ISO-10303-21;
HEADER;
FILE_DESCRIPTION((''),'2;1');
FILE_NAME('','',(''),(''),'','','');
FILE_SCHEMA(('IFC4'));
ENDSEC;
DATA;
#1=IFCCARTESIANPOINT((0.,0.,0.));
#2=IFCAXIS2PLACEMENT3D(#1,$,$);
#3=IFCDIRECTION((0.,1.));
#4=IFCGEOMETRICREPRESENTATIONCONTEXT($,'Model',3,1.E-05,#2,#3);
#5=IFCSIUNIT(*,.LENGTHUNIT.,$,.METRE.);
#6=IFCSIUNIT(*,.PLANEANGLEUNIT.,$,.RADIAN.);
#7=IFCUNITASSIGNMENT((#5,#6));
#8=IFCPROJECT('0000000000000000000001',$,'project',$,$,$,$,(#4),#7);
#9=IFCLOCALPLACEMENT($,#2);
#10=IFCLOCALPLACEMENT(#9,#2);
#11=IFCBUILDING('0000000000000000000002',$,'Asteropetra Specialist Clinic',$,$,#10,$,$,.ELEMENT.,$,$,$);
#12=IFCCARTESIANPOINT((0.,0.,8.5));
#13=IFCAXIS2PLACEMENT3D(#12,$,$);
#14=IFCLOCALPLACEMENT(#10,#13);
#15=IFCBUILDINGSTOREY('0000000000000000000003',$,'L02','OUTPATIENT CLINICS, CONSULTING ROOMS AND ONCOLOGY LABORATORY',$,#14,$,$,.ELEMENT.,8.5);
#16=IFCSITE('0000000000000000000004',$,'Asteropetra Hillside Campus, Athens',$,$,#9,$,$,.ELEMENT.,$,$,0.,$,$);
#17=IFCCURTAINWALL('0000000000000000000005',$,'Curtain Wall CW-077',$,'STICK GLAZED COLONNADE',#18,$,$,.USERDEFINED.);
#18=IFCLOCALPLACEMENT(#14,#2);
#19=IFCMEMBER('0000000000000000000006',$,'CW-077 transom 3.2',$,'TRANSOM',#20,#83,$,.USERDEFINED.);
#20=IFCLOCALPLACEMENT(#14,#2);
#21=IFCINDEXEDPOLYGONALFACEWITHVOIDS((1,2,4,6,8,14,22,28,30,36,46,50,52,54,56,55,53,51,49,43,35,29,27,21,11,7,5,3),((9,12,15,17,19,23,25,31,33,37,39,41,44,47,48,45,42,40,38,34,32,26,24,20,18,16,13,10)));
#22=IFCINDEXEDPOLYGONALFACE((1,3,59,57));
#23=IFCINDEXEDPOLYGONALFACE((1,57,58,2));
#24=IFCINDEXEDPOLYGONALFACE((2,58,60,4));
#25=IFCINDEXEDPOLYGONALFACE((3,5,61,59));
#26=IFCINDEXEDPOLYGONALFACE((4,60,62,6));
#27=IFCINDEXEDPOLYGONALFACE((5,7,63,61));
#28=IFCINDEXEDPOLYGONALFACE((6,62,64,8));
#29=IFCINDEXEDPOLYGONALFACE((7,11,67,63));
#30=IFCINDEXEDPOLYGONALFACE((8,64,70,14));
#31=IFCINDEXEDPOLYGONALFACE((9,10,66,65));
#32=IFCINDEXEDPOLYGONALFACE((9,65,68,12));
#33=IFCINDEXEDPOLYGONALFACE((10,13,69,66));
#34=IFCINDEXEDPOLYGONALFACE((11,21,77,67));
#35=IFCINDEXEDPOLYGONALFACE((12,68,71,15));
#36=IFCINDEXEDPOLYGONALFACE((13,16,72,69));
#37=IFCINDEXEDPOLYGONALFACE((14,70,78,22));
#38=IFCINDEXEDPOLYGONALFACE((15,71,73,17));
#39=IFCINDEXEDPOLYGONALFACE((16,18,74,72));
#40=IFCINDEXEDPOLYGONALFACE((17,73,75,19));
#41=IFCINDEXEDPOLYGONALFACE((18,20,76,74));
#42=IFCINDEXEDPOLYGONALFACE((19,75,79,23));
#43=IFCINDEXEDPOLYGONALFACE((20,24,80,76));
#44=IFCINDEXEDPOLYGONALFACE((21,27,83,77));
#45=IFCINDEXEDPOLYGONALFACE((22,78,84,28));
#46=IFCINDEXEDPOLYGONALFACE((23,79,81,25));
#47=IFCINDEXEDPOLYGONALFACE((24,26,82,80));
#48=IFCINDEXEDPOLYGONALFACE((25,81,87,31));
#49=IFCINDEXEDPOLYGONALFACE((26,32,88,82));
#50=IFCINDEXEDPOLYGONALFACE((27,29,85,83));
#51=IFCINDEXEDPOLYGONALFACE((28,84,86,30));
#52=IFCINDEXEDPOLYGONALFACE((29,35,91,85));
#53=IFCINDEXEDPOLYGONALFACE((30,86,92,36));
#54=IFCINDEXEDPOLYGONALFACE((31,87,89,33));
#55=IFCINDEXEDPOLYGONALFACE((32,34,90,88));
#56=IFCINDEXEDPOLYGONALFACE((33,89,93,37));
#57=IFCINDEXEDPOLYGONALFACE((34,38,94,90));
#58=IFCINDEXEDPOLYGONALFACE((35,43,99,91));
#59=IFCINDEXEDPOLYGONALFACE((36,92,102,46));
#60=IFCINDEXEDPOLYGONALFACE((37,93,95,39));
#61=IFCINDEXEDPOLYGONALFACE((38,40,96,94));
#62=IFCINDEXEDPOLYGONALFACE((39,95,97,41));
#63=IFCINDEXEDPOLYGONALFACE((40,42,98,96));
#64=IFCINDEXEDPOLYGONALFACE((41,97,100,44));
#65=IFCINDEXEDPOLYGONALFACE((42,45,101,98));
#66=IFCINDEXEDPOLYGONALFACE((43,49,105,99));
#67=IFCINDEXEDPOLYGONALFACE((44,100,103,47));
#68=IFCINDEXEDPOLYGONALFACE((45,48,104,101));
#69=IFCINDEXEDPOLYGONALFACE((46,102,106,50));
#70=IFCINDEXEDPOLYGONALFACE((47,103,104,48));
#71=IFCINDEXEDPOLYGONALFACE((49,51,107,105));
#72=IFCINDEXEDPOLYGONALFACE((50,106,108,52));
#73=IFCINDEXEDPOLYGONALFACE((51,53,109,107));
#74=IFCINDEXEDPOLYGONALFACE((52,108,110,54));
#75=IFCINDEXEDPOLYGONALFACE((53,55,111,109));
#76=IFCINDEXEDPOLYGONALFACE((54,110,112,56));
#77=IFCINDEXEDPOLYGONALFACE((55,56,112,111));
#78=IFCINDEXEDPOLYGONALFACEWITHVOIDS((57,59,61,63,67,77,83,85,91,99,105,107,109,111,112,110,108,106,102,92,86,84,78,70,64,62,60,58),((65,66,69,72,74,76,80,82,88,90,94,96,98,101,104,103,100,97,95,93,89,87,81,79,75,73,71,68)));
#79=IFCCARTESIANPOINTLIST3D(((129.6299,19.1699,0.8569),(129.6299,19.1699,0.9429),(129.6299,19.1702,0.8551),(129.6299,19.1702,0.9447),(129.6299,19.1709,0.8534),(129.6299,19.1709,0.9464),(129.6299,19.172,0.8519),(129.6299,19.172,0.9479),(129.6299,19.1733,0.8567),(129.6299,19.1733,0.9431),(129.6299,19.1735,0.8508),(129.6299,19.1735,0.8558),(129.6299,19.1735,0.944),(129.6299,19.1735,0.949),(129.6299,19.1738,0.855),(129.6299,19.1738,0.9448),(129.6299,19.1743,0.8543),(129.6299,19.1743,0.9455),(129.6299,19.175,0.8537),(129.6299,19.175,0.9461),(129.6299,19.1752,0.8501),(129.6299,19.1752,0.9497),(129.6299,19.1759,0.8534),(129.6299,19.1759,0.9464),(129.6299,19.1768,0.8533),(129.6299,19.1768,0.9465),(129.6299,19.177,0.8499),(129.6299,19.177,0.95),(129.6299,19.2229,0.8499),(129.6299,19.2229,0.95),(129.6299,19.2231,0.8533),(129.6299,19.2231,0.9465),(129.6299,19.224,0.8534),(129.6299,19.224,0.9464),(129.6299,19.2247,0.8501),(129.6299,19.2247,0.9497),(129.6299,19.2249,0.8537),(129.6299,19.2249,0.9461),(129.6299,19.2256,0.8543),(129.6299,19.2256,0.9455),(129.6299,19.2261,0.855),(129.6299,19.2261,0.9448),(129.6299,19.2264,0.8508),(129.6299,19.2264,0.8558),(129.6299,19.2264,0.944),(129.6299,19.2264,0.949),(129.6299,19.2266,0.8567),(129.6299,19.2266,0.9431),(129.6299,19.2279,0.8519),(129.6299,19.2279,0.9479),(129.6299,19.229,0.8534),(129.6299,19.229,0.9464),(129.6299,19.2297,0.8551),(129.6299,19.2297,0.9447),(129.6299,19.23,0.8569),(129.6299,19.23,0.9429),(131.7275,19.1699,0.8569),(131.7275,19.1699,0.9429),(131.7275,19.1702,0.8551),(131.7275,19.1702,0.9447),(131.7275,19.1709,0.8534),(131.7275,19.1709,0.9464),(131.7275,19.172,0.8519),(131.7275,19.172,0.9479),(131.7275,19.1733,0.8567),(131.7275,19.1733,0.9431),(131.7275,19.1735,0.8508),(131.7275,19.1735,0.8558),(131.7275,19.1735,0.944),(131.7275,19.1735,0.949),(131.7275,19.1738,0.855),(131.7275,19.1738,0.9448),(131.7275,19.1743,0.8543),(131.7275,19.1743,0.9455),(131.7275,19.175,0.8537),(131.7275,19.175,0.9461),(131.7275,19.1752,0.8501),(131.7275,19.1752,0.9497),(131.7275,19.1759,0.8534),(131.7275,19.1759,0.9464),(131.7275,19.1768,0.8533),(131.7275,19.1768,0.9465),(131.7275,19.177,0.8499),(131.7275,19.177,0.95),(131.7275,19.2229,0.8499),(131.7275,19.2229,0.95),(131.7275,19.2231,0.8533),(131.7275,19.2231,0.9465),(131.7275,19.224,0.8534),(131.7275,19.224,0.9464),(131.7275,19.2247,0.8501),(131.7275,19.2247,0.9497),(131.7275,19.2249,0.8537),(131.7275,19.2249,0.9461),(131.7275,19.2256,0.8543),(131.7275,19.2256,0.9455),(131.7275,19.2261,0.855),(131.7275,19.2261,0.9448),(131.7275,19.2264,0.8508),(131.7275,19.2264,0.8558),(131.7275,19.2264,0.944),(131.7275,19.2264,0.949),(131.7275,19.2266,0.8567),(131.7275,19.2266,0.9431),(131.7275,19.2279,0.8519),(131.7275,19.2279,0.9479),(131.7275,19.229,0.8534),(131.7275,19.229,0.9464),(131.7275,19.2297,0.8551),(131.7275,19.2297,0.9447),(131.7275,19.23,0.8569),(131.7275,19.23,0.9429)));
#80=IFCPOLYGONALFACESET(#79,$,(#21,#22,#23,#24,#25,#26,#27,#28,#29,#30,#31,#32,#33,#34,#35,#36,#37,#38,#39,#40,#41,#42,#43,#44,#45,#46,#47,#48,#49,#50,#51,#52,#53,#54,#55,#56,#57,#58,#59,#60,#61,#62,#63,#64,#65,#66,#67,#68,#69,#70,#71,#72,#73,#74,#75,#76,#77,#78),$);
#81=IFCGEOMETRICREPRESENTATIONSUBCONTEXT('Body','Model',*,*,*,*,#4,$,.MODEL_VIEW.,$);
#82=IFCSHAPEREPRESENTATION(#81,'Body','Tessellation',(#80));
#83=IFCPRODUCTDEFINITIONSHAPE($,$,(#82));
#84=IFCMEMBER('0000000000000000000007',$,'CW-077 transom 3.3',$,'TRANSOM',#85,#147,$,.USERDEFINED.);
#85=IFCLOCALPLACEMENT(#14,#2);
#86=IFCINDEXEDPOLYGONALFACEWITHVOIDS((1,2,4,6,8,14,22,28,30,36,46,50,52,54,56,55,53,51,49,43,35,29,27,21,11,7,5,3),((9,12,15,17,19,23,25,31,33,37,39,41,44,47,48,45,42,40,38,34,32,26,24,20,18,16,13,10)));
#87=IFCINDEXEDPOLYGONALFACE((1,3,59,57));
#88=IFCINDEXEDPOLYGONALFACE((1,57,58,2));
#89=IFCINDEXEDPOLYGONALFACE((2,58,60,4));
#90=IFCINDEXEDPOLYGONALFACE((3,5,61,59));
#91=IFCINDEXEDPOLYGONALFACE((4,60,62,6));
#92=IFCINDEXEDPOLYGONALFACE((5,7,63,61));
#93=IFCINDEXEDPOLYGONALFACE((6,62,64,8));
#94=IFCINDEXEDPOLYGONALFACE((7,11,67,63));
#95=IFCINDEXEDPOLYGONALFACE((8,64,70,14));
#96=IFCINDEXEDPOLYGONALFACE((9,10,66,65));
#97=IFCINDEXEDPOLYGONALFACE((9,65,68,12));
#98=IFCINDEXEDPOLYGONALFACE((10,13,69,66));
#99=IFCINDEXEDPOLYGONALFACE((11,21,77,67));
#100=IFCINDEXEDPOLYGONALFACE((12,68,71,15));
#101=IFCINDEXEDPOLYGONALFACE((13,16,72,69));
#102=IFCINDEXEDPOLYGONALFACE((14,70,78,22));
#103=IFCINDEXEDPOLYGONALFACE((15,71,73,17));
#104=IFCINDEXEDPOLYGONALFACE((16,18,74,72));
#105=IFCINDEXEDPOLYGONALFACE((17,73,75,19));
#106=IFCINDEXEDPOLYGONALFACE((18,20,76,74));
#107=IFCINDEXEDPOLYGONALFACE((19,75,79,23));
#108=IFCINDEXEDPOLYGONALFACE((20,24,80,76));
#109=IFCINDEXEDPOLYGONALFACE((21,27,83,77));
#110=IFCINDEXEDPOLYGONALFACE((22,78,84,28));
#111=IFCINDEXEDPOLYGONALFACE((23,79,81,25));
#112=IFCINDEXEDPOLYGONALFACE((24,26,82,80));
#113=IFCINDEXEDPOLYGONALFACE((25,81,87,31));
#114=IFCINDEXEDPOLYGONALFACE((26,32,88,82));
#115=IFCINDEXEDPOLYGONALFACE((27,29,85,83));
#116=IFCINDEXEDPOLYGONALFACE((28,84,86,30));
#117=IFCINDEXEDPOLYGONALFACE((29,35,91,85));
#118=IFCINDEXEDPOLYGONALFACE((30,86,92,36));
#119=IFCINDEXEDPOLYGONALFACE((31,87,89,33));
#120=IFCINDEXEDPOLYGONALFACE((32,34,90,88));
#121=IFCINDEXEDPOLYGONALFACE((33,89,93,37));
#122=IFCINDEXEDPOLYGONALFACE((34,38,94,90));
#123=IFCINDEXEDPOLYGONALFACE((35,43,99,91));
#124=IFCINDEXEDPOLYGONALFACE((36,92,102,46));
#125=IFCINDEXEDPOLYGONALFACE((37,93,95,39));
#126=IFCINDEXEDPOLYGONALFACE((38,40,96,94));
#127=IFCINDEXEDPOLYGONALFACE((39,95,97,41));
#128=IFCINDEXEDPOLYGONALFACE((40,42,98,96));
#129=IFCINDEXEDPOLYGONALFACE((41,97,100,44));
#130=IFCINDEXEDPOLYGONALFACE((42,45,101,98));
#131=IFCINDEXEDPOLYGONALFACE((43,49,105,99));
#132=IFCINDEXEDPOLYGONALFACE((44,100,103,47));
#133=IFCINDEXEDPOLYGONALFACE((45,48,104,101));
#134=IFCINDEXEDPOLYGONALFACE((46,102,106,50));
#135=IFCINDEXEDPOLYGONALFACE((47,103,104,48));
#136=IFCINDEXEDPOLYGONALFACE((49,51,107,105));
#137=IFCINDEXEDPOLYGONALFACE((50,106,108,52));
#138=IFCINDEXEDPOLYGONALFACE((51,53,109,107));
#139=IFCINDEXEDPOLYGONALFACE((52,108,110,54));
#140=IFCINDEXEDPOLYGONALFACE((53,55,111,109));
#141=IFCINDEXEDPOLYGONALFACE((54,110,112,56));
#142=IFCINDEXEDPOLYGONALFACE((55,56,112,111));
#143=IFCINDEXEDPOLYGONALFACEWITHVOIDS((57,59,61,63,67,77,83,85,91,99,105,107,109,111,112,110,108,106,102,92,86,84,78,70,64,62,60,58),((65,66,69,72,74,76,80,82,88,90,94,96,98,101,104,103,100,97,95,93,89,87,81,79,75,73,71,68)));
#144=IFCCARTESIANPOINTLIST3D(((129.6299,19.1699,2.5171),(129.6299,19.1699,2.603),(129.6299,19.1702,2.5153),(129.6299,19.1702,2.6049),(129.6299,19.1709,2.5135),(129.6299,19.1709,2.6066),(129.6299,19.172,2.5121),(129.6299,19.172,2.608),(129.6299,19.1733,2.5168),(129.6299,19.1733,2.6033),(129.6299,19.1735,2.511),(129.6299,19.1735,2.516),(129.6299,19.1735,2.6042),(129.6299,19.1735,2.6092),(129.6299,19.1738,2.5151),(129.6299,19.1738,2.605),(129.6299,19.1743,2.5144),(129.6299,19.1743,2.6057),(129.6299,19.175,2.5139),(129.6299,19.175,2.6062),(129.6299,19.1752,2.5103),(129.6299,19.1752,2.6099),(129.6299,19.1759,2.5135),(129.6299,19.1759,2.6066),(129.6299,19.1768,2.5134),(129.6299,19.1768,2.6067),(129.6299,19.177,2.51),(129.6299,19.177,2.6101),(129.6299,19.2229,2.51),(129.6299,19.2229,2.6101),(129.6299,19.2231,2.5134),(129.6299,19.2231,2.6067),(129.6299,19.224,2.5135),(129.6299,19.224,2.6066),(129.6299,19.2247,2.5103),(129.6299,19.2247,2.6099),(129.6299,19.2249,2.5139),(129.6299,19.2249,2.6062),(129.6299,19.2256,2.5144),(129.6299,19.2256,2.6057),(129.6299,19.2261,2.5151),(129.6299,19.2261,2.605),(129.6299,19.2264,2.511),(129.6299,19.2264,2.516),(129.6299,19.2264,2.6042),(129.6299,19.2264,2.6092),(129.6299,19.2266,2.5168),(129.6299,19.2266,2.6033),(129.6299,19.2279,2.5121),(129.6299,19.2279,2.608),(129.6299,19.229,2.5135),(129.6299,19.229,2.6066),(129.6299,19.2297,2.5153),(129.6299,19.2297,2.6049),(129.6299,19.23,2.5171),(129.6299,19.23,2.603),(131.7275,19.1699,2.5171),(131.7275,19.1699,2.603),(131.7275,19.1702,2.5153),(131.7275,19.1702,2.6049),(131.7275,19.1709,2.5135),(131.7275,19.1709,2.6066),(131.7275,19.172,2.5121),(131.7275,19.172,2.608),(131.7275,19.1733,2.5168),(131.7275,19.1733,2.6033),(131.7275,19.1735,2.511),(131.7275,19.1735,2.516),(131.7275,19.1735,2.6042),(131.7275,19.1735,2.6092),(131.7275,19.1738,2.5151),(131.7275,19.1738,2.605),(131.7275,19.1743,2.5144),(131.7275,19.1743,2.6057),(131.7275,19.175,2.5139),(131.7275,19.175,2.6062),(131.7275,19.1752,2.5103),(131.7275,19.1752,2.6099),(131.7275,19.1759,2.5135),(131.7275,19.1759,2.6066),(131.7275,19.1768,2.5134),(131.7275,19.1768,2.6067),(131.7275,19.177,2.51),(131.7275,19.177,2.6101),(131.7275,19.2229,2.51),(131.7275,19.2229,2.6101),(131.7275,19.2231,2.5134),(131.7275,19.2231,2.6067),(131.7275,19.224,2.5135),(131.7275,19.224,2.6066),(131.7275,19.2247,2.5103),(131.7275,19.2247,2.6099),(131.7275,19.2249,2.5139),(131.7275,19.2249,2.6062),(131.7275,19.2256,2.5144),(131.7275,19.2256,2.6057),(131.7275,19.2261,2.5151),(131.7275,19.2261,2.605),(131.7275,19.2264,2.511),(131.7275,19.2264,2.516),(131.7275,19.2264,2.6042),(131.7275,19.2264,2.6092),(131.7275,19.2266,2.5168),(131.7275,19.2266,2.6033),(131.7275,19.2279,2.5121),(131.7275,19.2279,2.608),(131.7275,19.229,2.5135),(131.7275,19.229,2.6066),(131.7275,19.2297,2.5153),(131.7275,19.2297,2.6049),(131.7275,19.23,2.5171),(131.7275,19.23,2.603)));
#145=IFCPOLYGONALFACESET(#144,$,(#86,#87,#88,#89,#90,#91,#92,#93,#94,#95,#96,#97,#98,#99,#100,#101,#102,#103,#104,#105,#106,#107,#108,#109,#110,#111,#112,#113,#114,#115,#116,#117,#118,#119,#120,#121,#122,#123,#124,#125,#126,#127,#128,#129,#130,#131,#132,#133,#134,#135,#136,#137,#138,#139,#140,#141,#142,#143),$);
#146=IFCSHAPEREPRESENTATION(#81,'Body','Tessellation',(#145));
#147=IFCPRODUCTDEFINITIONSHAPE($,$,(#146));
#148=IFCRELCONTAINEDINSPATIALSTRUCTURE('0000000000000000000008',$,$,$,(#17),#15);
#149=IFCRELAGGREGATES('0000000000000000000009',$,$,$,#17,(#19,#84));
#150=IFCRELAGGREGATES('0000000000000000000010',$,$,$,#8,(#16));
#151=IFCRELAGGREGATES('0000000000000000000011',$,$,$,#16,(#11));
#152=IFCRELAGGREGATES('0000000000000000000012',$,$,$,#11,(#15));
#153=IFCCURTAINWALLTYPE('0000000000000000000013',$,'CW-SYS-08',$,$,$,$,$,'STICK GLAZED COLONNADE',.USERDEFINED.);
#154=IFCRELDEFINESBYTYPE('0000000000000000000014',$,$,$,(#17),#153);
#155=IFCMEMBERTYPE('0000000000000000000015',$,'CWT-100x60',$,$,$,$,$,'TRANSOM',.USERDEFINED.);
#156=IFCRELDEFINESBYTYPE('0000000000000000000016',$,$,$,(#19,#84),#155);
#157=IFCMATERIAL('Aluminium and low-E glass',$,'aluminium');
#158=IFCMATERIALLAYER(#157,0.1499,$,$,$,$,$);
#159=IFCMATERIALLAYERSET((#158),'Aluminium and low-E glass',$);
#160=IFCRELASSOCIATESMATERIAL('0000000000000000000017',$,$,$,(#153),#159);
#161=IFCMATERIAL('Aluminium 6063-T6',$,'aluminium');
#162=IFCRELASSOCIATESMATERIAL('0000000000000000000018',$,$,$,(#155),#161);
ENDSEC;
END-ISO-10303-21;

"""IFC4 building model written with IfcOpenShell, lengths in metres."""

from ifc_helpers import new_model, si_unit, direction, frame, origin, origin_2d, place, context, subcontext, project, spatial, hollow_rectangle, extrude, material, layer, layer_set, material_profile, profile_set, type_object, element, aggregate, save


model = new_model("IFC4")

# Units and contexts
model_context = context("Model", 3, precision=1e-05, world=origin(), true_north=direction((0.0, 1.0)))
body_context = subcontext(model_context, "Body", "Model", "MODEL_VIEW")
ifc_project = project(units=[si_unit("LENGTHUNIT", "METRE"), si_unit("PLANEANGLEUNIT", "RADIAN")], contexts=[model_context])

# Site, building, storey
site_placement = place(None, origin())
site = spatial("IfcSite", under=ifc_project, at=site_placement, Name="Asteropetra Hillside Campus, Athens", CompositionType="ELEMENT", RefElevation=0.0)
building_placement = place(site_placement, origin())
building = spatial("IfcBuilding", under=site, at=building_placement, Name="Asteropetra Specialist Clinic", CompositionType="ELEMENT")
storey_placement = place(building_placement, frame((0.0, 0.0, 8.5)))
storey = spatial("IfcBuildingStorey", under=building, at=storey_placement, Name="L02", Description="OUTPATIENT CLINICS, CONSULTING ROOMS AND ONCOLOGY LABORATORY", CompositionType="ELEMENT", Elevation=8.5)

# Curtain wall, members
ifc_material_1 = material(Name="Aluminium and low-E glass", Category="aluminium")
ifc_layer_1 = layer(ifc_material_1, 0.1499)
ifc_layer_set_1 = layer_set([ifc_layer_1], Name="Aluminium and low-E glass")
curtain_wall_type = type_object("IfcCurtainWallType", Name="CW-SYS-08", ElementType="STICK GLAZED COLONNADE", PredefinedType="USERDEFINED", material=ifc_layer_set_1)
curtain_wall_placement = place(storey_placement, origin())
curtain_wall = element("IfcCurtainWall", 1, at=curtain_wall_placement, inside=storey, type_object=curtain_wall_type, Name="Curtain Wall CW-077", ObjectType="STICK GLAZED COLONNADE", PredefinedType="USERDEFINED")
ifc_material_2 = material(Name="Aluminium 6063-T6", Category="aluminium")
ifc_material_profile_1 = material_profile(ifc_material_2, hollow_rectangle(XDim=0.0601, YDim=0.1001, WallThickness=0.0034, InnerFilletRadius=0.0034, OuterFilletRadius=0.0071, at=origin_2d()), Name="TRN 100x60x3.5")
ifc_profile_set_1 = profile_set([ifc_material_profile_1], Name="Aluminium 6063-T6")
member_type_1 = type_object("IfcMemberType", Name="CWT-100x60", ElementType="TRANSOM", PredefinedType="USERDEFINED", material=ifc_profile_set_1)
member_1_placement = place(storey_placement, frame((129.6299, 19.2, 0.8999), z_axis=(1.0, 0.0, 0.0), x_axis=(0.0, 1.0, 0.0)))
member_1 = element("IfcMember", 2, at=member_1_placement, type_object=member_type_1, Name="CW-077 transom 3.2", ObjectType="TRANSOM", PredefinedType="USERDEFINED", context=body_context, shape_type="SweptSolid", body=[
    extrude(hollow_rectangle(XDim=0.0601, YDim=0.1001, WallThickness=0.0034, InnerFilletRadius=0.0034, OuterFilletRadius=0.0071, at=origin_2d()), origin(), (0.0, 0.0, 1.0), 2.0977),
])
member_2_placement = place(storey_placement, frame((129.6299, 19.2, 2.5601), z_axis=(1.0, 0.0, 0.0), x_axis=(0.0, 1.0, 0.0)))
member_2 = element("IfcMember", 3, at=member_2_placement, type_object=member_type_1, Name="CW-077 transom 3.3", ObjectType="TRANSOM", PredefinedType="USERDEFINED", context=body_context, shape_type="SweptSolid", body=[
    extrude(hollow_rectangle(XDim=0.0601, YDim=0.1001, WallThickness=0.0034, InnerFilletRadius=0.0034, OuterFilletRadius=0.0071, at=origin_2d()), origin(), (0.0, 0.0, 1.0), 2.0977),
])

aggregate(curtain_wall, [member_1, member_2])

save(model, "model.ifc")
